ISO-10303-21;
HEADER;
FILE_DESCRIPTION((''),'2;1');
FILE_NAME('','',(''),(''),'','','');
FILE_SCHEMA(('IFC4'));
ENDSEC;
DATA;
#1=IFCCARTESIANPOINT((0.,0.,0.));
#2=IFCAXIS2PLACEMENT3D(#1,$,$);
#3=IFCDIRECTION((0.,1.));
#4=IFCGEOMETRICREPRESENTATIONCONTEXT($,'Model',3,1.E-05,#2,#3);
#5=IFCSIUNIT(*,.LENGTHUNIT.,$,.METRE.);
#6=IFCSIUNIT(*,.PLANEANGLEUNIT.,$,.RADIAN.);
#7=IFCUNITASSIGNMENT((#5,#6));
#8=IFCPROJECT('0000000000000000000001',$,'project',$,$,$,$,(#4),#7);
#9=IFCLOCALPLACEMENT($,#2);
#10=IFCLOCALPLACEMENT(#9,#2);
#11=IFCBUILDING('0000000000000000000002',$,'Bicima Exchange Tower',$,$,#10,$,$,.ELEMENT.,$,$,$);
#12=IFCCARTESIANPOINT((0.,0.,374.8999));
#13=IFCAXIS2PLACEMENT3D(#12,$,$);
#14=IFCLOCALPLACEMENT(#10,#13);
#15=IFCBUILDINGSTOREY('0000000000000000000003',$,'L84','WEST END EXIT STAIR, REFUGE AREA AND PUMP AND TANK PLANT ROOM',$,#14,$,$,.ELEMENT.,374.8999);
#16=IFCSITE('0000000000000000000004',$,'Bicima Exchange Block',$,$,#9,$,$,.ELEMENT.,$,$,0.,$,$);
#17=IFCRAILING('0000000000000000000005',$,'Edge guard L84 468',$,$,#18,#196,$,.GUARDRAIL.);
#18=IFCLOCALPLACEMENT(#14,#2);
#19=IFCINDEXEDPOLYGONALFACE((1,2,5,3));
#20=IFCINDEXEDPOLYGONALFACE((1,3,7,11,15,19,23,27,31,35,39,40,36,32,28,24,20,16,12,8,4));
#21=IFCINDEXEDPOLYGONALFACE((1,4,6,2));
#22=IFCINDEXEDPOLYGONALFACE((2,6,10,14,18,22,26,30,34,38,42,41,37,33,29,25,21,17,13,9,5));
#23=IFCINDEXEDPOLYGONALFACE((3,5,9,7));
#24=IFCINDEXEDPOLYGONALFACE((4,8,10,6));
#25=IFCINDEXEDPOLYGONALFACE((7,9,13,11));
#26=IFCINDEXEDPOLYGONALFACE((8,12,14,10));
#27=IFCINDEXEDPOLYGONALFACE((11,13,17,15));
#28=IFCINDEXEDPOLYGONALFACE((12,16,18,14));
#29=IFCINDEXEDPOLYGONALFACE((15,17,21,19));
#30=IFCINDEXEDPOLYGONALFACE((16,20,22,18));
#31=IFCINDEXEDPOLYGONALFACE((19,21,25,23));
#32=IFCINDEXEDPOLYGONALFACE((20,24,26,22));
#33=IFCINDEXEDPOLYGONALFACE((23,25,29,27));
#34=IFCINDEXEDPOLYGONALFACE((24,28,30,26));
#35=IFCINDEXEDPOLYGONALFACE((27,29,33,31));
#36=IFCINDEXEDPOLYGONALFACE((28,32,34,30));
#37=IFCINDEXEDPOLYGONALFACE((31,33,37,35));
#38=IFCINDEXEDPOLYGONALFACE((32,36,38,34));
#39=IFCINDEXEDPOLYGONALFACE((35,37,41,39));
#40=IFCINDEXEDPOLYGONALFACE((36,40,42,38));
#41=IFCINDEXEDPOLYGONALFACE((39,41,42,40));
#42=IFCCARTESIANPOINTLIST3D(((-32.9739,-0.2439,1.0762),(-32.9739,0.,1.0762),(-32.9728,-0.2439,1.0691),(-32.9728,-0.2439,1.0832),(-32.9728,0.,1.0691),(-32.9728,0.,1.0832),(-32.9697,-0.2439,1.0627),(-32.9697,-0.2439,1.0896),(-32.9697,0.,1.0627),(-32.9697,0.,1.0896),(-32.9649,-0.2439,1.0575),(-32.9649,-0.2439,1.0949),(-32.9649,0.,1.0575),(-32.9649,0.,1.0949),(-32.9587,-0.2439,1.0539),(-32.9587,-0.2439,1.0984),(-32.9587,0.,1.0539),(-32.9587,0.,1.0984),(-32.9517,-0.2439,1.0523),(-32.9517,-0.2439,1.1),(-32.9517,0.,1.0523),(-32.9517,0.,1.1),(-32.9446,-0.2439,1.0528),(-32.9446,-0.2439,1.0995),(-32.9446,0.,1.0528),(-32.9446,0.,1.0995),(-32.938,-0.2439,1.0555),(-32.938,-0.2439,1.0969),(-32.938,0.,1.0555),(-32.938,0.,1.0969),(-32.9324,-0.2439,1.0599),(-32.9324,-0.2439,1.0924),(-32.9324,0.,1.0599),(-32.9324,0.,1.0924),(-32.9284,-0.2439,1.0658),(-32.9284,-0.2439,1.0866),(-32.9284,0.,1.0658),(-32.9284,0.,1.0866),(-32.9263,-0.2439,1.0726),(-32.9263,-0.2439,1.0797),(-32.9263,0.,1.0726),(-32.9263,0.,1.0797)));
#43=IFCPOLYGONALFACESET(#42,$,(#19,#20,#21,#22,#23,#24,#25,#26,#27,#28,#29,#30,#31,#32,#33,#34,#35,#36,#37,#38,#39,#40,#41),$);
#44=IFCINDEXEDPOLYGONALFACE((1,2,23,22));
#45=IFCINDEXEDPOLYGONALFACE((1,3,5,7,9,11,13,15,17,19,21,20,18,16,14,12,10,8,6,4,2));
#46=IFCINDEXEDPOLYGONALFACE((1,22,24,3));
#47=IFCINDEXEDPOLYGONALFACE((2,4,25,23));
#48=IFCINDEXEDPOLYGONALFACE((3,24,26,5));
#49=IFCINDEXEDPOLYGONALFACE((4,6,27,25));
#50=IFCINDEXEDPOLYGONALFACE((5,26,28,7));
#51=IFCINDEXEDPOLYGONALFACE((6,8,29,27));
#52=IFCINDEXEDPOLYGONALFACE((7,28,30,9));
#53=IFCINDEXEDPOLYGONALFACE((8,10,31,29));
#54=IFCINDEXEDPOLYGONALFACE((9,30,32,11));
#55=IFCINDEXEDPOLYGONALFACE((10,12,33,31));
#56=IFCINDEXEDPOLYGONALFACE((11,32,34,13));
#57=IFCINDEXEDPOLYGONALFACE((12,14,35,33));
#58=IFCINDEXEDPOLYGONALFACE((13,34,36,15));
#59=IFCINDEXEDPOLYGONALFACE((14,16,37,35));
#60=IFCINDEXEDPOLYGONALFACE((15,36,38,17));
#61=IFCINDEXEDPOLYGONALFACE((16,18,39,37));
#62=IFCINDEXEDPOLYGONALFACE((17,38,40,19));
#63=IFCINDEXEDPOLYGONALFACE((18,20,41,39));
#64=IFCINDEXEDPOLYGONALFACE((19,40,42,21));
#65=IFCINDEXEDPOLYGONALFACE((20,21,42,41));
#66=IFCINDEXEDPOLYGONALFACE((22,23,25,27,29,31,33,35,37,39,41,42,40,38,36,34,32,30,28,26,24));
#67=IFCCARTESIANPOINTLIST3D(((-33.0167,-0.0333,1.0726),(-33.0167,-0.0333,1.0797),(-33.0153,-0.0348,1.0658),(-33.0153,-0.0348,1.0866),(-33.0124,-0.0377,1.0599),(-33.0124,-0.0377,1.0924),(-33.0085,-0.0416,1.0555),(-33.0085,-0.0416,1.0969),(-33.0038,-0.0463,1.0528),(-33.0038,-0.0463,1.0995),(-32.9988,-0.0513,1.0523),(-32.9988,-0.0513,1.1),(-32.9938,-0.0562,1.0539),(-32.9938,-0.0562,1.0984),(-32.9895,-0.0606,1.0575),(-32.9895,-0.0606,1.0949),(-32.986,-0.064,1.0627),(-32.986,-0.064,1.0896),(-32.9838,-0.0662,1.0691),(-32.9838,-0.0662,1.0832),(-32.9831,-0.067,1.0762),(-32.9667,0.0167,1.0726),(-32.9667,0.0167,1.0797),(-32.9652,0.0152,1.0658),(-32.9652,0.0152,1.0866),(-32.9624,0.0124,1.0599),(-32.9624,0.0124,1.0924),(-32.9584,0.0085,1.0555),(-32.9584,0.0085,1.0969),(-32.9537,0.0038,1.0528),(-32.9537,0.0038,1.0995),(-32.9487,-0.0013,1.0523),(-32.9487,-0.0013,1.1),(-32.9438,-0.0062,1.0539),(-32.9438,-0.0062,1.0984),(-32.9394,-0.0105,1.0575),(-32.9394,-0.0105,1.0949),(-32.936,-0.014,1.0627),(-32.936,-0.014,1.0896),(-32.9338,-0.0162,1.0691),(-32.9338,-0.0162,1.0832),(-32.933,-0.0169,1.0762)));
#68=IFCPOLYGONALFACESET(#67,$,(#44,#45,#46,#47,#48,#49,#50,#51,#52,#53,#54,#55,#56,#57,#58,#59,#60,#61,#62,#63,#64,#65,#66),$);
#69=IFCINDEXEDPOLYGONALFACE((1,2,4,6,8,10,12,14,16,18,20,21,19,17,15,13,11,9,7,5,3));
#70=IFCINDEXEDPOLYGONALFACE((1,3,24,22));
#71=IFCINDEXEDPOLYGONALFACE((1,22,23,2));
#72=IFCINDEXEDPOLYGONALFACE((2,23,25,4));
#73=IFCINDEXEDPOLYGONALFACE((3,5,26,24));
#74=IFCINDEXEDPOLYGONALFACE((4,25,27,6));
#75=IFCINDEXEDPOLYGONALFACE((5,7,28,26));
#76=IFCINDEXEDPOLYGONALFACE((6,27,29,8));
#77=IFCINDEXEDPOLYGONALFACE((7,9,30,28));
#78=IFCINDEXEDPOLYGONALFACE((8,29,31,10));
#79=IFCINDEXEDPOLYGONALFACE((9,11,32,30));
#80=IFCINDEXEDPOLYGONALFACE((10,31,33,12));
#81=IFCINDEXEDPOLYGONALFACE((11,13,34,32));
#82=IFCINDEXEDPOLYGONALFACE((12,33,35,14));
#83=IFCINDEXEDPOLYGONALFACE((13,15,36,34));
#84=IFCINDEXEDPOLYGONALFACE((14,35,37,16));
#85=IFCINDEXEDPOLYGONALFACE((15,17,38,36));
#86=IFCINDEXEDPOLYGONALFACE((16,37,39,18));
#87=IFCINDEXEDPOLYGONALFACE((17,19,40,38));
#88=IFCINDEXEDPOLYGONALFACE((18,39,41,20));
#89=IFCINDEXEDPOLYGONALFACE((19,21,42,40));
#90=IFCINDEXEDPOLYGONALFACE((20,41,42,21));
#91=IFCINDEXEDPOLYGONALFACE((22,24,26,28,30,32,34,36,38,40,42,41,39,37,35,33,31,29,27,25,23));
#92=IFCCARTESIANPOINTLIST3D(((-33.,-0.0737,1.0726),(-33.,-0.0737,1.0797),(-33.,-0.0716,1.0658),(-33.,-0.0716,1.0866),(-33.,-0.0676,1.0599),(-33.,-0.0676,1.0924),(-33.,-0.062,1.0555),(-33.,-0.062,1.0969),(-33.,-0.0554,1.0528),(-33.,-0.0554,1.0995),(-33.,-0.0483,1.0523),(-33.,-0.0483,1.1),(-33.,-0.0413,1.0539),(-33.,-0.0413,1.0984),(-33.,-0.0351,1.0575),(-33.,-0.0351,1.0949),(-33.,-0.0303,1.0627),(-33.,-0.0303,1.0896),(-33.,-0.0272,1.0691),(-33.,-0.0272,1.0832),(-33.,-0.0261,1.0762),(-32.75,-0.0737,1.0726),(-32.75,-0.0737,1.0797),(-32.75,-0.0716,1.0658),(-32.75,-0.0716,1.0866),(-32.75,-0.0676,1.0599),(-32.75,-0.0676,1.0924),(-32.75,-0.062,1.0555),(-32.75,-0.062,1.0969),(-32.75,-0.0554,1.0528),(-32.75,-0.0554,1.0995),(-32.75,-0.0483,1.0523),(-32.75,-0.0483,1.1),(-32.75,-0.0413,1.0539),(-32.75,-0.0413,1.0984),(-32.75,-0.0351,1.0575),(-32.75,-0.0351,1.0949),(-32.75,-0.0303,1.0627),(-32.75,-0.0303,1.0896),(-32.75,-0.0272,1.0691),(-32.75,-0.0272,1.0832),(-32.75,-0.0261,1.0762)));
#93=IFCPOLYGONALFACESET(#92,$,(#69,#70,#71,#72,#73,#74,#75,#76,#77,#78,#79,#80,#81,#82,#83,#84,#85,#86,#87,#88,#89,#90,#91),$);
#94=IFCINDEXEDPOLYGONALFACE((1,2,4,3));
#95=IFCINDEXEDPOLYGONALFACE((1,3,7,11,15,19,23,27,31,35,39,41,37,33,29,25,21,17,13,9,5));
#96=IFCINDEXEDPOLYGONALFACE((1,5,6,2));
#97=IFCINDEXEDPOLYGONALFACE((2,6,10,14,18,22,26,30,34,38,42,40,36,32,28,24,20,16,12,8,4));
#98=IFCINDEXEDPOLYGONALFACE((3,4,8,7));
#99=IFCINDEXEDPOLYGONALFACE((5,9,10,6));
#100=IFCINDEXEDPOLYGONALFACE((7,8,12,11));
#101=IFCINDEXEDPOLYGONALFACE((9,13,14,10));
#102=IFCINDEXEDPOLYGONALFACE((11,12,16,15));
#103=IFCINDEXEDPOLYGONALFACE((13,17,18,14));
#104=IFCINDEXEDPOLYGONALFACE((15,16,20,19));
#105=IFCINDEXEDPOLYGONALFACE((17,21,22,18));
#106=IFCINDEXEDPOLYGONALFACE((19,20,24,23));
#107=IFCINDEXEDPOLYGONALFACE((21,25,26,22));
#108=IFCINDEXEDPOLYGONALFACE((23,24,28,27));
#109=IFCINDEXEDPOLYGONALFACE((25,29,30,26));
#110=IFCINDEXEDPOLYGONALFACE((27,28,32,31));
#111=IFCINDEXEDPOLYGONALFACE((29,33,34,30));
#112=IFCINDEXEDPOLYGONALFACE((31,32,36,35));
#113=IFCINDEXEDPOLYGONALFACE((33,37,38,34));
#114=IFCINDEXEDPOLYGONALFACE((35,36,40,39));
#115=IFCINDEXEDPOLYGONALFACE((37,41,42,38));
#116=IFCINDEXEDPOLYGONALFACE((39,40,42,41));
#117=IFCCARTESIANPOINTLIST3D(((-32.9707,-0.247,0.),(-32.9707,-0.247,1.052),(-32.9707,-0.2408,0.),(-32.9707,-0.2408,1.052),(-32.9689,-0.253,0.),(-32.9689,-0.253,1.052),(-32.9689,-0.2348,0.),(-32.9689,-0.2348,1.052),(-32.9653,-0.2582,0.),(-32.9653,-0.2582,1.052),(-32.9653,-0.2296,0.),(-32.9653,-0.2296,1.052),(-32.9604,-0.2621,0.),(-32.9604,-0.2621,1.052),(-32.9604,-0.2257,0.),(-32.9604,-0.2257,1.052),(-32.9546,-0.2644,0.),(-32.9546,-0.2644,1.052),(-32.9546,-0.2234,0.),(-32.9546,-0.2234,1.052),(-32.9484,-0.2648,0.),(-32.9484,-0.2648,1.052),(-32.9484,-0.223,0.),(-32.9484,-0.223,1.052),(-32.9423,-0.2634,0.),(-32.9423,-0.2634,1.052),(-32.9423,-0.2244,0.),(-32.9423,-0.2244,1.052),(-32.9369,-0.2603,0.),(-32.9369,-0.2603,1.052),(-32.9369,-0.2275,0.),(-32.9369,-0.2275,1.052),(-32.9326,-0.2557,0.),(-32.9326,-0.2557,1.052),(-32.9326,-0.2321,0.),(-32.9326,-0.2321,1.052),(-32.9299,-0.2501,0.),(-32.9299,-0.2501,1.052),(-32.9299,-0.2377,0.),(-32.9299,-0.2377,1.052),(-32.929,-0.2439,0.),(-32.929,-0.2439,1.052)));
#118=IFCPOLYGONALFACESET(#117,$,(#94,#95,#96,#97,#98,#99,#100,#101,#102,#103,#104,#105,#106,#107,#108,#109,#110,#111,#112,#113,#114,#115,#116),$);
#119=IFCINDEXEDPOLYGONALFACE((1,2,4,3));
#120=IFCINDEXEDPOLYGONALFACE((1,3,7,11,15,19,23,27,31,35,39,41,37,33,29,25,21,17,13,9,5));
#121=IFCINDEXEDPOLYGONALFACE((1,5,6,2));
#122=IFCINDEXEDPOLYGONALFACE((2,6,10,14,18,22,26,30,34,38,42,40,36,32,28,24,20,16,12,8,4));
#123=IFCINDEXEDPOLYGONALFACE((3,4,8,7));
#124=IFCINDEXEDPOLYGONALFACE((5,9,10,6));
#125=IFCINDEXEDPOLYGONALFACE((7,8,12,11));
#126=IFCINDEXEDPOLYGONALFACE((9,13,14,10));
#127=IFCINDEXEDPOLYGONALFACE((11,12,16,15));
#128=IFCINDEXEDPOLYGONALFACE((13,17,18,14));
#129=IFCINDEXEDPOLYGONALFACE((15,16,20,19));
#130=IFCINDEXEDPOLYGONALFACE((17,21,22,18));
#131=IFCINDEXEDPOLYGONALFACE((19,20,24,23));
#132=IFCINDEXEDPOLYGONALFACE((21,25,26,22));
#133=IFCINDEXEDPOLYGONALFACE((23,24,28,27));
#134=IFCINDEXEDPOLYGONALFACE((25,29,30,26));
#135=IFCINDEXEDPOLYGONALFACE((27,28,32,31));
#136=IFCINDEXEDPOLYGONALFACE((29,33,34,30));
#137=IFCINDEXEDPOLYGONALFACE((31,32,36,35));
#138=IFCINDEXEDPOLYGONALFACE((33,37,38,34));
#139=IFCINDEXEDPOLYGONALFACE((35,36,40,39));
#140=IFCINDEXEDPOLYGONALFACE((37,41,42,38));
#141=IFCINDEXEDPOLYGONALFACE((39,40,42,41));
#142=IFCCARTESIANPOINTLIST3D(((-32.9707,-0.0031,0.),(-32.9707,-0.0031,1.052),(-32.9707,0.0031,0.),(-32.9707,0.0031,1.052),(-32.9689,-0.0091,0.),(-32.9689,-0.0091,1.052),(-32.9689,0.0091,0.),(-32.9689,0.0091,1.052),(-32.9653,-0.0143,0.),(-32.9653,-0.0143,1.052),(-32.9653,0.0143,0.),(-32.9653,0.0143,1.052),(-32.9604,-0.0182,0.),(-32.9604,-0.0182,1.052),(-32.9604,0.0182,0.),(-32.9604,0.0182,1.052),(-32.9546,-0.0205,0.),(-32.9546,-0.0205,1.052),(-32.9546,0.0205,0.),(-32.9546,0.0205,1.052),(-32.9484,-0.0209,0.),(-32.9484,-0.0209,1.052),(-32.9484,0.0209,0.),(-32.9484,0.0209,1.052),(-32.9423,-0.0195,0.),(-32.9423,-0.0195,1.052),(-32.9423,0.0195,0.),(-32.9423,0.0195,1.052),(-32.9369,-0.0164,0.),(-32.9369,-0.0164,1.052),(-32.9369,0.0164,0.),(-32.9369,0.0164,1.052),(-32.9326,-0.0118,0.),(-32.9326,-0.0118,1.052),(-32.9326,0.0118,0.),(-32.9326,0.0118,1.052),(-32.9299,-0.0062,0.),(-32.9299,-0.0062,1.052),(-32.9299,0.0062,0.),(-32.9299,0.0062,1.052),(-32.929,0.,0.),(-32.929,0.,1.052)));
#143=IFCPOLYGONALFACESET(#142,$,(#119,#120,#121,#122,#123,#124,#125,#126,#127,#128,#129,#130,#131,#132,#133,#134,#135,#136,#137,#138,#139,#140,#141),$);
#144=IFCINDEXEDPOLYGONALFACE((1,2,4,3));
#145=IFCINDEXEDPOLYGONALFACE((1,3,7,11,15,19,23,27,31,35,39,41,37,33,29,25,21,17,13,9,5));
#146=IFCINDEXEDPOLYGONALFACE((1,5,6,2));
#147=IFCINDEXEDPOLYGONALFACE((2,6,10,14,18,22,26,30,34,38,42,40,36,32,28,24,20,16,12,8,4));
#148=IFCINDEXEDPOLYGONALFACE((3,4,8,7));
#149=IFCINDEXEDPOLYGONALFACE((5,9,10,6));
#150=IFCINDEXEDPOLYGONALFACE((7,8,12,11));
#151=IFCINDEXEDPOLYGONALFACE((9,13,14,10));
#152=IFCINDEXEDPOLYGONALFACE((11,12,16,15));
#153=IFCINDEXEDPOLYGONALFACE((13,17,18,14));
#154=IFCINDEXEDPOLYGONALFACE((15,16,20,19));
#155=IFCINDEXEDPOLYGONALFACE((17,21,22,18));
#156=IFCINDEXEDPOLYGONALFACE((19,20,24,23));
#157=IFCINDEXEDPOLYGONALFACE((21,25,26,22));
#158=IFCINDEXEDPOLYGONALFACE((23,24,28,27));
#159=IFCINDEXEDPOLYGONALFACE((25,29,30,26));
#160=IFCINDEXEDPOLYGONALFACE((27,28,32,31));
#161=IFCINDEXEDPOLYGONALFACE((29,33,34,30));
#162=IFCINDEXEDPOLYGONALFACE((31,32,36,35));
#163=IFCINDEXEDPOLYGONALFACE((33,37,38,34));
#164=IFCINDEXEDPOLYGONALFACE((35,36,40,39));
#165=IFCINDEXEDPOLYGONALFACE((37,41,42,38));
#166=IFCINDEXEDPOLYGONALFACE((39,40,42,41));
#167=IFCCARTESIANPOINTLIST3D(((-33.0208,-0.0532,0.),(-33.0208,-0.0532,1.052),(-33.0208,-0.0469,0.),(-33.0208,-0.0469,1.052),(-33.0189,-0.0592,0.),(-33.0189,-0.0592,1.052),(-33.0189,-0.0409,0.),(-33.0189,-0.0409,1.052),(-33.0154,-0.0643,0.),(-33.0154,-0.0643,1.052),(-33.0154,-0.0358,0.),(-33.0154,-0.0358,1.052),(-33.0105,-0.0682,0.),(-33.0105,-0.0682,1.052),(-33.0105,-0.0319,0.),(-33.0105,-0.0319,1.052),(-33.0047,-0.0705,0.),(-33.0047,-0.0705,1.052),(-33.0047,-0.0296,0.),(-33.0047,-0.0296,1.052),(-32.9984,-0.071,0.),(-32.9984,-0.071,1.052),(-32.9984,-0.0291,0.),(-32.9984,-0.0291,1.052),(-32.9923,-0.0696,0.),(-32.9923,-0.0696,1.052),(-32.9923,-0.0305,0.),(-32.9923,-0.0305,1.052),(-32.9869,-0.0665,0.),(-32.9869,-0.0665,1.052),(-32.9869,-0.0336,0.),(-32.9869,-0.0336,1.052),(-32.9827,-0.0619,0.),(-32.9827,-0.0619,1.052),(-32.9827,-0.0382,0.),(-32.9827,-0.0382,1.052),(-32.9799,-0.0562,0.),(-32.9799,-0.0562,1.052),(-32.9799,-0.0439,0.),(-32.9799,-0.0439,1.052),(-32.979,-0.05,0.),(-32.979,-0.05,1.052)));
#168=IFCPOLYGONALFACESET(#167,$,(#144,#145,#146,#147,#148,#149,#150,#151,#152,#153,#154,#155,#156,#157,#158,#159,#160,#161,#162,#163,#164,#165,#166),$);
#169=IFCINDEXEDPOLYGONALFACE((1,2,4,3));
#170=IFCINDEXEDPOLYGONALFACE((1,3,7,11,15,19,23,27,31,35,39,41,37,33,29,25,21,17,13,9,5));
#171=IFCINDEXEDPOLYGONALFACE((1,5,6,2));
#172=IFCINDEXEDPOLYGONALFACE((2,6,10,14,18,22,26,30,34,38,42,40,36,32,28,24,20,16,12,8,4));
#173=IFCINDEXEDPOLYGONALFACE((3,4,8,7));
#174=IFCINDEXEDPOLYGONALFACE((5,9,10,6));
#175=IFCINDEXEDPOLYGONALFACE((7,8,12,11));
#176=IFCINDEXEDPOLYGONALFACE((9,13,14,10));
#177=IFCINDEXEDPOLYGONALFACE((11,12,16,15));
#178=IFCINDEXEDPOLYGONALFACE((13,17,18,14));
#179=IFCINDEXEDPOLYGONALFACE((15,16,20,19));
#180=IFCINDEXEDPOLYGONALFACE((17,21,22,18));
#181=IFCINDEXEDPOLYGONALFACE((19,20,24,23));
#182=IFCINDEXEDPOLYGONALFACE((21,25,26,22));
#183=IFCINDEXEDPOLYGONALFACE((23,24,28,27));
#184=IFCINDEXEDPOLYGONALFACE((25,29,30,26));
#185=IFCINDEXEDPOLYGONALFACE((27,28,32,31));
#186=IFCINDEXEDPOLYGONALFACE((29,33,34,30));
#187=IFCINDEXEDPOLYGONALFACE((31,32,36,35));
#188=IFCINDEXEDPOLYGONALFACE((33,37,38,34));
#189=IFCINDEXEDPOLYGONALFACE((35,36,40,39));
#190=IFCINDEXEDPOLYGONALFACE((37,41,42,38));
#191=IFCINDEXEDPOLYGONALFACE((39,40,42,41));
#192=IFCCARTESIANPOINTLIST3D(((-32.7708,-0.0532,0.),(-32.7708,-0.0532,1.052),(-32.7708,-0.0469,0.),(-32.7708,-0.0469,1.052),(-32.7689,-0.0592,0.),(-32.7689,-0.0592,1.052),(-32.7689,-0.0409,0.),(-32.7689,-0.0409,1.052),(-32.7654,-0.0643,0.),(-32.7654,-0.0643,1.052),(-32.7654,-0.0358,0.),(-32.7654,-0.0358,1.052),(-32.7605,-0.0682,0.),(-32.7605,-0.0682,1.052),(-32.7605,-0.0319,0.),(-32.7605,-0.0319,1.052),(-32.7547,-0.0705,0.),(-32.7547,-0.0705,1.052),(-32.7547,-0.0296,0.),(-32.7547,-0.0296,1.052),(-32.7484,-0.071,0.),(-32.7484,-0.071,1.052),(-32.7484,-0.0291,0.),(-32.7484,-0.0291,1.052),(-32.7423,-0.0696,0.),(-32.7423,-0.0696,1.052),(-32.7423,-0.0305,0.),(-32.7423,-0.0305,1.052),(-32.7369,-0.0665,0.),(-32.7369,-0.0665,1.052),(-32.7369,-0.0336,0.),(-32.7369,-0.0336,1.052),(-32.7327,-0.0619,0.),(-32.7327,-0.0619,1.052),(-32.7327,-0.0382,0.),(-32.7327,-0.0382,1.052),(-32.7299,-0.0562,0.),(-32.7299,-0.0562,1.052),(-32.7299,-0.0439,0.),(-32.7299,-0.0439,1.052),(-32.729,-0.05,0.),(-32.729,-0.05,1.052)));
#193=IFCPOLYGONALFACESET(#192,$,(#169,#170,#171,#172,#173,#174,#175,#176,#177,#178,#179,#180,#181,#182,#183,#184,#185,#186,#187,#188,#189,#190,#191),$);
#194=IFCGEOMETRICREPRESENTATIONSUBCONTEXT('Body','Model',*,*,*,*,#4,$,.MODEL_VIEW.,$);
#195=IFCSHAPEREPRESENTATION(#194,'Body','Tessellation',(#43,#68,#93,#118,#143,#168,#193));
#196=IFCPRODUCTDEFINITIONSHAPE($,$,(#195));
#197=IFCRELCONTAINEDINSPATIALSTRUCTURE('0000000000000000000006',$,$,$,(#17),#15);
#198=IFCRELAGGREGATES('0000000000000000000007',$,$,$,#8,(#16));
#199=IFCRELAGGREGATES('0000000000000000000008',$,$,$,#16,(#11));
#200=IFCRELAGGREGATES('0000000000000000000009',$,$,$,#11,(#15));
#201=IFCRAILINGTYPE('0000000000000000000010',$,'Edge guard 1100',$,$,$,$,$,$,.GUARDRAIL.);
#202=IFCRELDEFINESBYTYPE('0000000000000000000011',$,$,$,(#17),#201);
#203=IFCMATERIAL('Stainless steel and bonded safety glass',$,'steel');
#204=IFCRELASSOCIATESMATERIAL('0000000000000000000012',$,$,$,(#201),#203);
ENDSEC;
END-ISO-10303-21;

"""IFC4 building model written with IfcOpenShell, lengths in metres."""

from ifc_helpers import new_model, si_unit, direction, frame, origin, origin_2d, place, context, subcontext, project, spatial, circle, extrude, material, type_object, element, save


model = new_model("IFC4")

# Units and contexts
model_context = context("Model", 3, precision=1e-05, world=origin(), true_north=direction((0.0, 1.0)))
body_context = subcontext(model_context, "Body", "Model", "MODEL_VIEW")
ifc_project = project(units=[si_unit("LENGTHUNIT", "METRE"), si_unit("PLANEANGLEUNIT", "RADIAN")], contexts=[model_context])

# Site, building, storey
site_placement = place(None, origin())
site = spatial("IfcSite", under=ifc_project, at=site_placement, Name="Bicima Exchange Block", CompositionType="ELEMENT", RefElevation=0.0)
building_placement = place(site_placement, origin())
building = spatial("IfcBuilding", under=site, at=building_placement, Name="Bicima Exchange Tower", CompositionType="ELEMENT")
storey_placement = place(building_placement, frame((0.0, 0.0, 374.8999)))
storey = spatial("IfcBuildingStorey", under=building, at=storey_placement, Name="L84", Description="WEST END EXIT STAIR, REFUGE AREA AND PUMP AND TANK PLANT ROOM", CompositionType="ELEMENT", Elevation=374.8999)

# Railing
ifc_material_1 = material(Name="Stainless steel and bonded safety glass", Category="steel")
railing_type = type_object("IfcRailingType", Name="Edge guard 1100", PredefinedType="GUARDRAIL", material=ifc_material_1)
railing_1_placement = place(storey_placement, frame((-32.95, -0.2439, 0.0)))
element("IfcRailing", 1, at=railing_1_placement, inside=storey, type_object=railing_type, Name="Edge guard L84 468", PredefinedType="GUARDRAIL", context=body_context, shape_type="SweptSolid", body=[
    extrude(circle(Radius=0.0239, at=origin_2d()), frame((0.0, 0.0, 1.0762), z_axis=(0.0, 1.0, 0.0), x_axis=(-1.0, 0.0, 0.0)), (0.0, 0.0, 1.0), 0.2439),
    extrude(circle(Radius=0.0239, at=origin_2d()), frame((0.0, 0.2439, 1.0762), z_axis=(-0.707107, -0.707107, 0.0), x_axis=(0.707107, -0.707107, 0.0)), (0.0, 0.0, 1.0), 0.0708),
    extrude(circle(Radius=0.0239, at=origin_2d()), frame((-0.05, 0.1938, 1.0762), z_axis=(1.0, 0.0, 0.0), x_axis=(0.0, 1.0, 0.0)), (0.0, 0.0, 1.0), 0.25),
    extrude(circle(Radius=0.021, at=origin_2d()), origin(), (0.0, 0.0, 1.0), 1.052),
    extrude(circle(Radius=0.021, at=origin_2d()), frame((0.0, 0.2439, 0.0)), (0.0, 0.0, 1.0), 1.052),
    extrude(circle(Radius=0.021, at=origin_2d()), frame((-0.05, 0.1938, 0.0)), (0.0, 0.0, 1.0), 1.052),
    extrude(circle(Radius=0.021, at=origin_2d()), frame((0.2, 0.1938, 0.0)), (0.0, 0.0, 1.0), 1.052),
])

save(model, "model.ifc")
